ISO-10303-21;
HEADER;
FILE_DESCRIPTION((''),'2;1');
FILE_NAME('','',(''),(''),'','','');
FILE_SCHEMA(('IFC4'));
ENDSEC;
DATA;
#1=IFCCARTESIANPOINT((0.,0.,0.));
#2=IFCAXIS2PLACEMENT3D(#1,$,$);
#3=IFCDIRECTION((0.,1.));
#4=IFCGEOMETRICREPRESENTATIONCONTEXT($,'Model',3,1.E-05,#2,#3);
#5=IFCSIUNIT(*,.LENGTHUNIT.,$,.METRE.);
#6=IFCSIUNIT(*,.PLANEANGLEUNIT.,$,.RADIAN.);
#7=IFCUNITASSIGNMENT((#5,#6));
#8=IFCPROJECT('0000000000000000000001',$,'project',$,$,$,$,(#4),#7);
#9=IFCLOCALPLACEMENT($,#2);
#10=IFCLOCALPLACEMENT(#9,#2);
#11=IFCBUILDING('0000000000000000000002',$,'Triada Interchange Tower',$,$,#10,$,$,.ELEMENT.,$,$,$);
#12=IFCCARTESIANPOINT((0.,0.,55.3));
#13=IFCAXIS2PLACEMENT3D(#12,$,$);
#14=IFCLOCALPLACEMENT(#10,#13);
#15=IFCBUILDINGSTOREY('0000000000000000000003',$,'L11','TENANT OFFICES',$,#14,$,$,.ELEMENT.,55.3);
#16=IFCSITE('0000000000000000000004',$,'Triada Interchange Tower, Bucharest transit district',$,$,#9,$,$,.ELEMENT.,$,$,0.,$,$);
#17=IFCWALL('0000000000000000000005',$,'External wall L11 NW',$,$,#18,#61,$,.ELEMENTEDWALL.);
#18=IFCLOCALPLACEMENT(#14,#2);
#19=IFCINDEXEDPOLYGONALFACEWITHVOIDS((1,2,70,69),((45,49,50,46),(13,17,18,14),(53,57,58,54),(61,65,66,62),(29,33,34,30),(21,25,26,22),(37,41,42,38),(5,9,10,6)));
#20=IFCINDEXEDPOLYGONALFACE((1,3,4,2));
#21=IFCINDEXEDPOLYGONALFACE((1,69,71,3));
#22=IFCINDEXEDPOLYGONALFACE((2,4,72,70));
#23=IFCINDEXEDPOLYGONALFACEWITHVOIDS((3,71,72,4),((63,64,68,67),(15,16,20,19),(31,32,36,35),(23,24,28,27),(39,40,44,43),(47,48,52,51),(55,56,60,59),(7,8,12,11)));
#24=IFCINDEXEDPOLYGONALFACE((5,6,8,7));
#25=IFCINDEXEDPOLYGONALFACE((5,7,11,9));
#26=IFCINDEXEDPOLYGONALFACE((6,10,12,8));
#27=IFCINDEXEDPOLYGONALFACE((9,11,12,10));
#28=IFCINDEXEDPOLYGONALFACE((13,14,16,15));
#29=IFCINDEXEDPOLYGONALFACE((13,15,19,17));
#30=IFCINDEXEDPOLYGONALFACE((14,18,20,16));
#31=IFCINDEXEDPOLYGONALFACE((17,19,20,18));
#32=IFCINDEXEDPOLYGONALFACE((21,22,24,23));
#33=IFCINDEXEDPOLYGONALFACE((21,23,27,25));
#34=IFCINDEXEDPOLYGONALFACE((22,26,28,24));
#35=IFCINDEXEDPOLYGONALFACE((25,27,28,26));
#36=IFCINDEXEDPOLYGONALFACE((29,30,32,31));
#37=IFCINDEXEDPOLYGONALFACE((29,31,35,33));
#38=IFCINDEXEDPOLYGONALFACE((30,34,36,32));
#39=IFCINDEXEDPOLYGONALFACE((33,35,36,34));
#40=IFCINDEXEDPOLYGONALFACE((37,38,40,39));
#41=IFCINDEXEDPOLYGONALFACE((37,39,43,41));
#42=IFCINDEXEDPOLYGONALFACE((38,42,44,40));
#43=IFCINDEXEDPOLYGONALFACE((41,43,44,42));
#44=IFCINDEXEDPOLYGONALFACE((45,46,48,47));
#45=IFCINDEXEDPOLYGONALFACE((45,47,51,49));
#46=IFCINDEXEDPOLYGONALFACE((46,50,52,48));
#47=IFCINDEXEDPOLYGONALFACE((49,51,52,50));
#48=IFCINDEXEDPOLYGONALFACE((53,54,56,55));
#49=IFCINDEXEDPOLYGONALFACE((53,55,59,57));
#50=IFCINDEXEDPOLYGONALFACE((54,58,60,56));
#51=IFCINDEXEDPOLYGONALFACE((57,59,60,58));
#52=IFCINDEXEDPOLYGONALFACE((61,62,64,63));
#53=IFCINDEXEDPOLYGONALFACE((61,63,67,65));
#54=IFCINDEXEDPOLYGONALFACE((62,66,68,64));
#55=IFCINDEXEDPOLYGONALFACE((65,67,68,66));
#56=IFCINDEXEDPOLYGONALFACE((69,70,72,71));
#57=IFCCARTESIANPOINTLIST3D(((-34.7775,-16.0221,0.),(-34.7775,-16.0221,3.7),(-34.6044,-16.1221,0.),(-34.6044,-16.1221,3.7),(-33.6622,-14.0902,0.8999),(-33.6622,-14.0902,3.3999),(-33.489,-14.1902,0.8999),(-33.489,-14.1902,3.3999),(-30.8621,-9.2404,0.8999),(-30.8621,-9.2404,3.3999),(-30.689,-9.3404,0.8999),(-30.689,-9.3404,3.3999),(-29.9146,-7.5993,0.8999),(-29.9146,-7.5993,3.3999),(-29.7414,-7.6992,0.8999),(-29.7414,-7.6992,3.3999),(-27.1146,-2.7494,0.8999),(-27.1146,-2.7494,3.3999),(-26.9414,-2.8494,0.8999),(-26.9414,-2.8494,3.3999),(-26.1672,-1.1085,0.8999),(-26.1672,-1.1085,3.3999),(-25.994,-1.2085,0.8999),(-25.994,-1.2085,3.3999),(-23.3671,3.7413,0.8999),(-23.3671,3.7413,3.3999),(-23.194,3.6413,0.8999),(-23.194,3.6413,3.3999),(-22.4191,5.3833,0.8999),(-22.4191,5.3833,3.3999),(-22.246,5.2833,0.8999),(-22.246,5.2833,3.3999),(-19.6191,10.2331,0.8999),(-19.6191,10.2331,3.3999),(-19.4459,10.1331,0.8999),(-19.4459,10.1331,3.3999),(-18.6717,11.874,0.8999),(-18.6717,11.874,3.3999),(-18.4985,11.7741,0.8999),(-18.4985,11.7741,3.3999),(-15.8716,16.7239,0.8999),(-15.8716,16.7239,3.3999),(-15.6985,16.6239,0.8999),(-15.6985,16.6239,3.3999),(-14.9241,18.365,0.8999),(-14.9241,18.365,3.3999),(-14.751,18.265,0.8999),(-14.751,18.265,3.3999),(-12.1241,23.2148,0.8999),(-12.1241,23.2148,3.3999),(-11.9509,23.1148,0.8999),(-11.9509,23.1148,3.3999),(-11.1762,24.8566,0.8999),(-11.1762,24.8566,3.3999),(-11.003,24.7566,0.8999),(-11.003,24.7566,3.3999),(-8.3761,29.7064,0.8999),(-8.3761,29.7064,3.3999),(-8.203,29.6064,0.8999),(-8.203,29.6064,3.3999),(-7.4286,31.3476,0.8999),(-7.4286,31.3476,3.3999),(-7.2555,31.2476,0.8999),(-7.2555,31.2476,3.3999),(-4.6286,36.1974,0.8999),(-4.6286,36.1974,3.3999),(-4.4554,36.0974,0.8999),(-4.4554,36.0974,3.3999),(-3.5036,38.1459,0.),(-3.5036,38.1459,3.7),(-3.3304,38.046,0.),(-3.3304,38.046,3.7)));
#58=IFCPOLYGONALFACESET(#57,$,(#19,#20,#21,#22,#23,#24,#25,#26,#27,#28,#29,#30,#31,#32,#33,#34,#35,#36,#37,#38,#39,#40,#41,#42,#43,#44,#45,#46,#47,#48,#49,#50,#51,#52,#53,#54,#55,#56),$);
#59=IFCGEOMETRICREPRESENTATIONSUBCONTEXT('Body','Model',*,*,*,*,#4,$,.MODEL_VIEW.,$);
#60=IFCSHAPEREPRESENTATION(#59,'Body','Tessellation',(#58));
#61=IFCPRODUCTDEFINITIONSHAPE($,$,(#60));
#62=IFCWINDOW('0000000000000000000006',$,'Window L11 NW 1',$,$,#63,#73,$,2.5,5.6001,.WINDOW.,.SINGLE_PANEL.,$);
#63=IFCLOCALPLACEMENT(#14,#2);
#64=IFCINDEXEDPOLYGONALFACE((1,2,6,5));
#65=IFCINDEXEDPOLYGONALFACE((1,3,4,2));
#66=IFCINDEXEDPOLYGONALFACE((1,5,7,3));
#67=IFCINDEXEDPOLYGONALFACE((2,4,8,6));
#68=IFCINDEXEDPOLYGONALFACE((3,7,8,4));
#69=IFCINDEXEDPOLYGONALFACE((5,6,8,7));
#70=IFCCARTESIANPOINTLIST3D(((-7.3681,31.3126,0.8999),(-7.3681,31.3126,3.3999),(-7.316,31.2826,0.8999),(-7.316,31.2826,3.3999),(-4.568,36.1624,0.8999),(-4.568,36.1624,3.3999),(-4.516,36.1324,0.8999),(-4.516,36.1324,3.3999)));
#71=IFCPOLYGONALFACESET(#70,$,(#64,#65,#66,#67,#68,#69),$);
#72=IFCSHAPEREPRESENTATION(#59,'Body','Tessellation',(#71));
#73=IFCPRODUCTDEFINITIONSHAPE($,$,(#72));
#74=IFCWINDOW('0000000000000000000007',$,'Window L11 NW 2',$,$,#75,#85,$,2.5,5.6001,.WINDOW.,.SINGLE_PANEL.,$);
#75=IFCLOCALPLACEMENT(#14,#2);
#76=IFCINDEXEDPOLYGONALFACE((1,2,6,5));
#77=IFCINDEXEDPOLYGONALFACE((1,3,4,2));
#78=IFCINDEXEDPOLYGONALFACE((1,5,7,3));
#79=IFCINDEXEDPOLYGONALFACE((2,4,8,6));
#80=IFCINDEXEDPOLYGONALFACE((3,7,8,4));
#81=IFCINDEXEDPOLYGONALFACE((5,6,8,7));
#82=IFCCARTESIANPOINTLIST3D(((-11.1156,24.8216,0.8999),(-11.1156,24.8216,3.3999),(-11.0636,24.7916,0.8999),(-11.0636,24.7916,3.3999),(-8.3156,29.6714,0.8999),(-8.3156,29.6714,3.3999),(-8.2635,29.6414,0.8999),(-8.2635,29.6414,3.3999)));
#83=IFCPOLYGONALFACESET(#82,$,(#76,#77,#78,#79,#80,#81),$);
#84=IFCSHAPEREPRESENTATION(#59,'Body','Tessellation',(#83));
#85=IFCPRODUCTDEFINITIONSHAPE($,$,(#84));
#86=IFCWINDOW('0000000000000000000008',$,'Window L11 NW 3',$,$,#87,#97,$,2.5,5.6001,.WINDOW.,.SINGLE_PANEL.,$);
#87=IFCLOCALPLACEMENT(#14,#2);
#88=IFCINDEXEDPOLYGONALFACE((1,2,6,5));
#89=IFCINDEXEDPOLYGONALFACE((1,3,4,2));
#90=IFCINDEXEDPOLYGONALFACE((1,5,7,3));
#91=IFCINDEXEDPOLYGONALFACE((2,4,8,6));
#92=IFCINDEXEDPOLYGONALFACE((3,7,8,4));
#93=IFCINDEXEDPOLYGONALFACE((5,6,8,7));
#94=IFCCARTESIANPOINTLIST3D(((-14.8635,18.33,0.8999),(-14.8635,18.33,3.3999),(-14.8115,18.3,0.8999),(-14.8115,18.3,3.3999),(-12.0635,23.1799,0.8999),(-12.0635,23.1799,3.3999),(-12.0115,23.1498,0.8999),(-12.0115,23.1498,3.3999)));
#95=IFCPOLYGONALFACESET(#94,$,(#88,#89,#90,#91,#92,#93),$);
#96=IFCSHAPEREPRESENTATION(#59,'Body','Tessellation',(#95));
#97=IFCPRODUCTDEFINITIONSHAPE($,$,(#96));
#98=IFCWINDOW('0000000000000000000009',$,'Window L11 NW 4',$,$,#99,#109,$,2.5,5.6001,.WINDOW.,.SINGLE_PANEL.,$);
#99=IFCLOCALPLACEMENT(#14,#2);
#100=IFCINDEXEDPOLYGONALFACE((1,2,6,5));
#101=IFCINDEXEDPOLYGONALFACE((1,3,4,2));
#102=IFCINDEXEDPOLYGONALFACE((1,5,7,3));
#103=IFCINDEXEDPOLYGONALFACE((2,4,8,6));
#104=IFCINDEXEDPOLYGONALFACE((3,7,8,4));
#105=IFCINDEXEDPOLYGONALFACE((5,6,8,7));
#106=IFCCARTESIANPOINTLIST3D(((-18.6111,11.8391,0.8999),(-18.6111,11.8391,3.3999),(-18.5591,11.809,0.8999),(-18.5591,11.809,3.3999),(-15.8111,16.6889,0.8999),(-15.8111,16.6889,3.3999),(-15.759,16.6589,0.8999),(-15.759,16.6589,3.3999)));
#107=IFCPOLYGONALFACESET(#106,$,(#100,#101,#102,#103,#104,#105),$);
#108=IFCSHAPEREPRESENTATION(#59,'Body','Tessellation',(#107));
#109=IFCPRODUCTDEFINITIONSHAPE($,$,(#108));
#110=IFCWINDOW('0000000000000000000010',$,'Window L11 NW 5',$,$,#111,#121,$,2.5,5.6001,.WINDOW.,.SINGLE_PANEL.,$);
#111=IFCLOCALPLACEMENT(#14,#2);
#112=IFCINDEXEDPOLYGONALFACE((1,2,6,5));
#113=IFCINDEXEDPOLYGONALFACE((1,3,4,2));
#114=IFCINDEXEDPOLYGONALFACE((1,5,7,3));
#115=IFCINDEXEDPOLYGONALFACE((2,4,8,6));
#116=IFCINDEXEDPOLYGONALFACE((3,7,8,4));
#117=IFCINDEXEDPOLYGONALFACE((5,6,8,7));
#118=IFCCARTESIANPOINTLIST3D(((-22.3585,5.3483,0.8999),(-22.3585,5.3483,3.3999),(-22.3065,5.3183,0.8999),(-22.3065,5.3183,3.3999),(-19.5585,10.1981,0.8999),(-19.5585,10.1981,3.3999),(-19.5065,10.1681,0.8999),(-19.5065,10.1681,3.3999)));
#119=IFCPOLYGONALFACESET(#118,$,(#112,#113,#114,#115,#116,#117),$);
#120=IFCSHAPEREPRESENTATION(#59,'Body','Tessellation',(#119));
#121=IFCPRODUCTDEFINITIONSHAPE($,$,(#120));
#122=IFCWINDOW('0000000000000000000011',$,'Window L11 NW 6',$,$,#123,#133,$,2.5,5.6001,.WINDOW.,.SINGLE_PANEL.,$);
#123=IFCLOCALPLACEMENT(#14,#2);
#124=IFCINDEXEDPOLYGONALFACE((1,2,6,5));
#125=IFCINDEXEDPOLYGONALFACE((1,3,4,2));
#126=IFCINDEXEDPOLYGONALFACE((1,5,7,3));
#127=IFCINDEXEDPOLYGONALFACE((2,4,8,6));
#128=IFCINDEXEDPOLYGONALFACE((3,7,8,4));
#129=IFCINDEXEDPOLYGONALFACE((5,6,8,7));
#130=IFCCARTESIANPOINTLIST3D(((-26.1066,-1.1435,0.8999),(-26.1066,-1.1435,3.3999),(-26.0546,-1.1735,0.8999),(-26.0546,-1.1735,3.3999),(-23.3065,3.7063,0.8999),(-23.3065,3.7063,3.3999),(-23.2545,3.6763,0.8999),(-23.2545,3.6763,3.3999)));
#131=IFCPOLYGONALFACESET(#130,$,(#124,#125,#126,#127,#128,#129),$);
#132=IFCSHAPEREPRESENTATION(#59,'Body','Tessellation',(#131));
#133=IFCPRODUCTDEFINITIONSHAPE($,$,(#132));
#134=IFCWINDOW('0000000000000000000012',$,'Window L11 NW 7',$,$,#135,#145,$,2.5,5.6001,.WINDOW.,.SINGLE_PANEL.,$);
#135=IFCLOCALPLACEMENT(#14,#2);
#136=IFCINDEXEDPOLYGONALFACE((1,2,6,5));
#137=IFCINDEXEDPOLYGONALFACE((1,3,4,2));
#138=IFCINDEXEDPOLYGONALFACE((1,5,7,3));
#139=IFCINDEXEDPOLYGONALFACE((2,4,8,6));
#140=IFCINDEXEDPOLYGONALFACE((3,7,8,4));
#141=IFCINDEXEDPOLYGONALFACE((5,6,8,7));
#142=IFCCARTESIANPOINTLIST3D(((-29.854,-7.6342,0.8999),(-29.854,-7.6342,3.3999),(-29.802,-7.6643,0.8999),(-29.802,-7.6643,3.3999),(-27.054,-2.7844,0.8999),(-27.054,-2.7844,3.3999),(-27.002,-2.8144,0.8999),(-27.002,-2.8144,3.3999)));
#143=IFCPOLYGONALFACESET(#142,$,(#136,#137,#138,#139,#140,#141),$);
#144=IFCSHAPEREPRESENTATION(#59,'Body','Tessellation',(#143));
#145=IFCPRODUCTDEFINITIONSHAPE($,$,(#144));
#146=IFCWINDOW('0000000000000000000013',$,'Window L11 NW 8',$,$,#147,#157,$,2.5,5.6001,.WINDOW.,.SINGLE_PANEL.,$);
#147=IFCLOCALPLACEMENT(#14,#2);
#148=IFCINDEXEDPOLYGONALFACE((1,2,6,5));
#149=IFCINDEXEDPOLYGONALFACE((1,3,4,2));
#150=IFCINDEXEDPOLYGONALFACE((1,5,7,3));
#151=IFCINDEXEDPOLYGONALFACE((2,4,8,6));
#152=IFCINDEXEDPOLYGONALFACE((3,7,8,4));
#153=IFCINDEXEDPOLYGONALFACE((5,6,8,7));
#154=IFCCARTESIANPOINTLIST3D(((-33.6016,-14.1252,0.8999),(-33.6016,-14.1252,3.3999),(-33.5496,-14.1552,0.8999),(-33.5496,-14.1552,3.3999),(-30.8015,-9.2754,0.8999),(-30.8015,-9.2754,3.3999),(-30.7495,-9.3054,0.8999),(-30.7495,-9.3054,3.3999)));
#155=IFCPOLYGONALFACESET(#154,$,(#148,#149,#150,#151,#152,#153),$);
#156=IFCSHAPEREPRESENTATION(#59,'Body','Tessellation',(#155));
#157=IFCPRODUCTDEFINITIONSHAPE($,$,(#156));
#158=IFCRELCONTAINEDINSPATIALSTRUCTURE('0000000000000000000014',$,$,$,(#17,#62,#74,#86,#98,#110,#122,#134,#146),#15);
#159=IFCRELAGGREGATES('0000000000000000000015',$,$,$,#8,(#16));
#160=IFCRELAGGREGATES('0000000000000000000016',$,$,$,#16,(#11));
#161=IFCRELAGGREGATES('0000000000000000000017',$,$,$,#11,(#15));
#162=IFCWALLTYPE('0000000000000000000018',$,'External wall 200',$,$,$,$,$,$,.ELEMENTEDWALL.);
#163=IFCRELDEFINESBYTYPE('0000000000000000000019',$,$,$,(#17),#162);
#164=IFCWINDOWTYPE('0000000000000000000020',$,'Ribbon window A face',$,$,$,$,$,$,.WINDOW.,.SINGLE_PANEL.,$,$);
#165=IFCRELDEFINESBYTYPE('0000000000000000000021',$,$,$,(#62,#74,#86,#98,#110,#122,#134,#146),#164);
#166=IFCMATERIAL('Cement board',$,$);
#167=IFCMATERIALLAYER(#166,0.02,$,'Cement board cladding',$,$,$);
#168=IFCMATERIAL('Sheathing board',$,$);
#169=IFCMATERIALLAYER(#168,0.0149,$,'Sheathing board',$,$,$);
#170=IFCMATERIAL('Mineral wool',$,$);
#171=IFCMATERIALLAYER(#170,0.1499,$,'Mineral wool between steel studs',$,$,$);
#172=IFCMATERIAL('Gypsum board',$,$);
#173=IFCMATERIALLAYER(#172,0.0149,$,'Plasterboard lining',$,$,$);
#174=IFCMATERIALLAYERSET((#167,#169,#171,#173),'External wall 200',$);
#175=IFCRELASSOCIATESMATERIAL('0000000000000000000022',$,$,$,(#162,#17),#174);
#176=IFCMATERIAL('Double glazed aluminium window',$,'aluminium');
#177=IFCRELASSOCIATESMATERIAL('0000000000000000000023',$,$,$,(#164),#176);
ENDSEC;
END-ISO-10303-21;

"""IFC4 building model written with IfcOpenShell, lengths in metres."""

from ifc_helpers import new_model, si_unit, direction, frame, frame_2d, origin, place, context, subcontext, project, spatial, rectangle, extrude, material, layer, layer_set, layer_usage, type_object, element, fill, save


model = new_model("IFC4")

# Units and contexts
model_context = context("Model", 3, precision=1e-05, world=origin(), true_north=direction((0.0, 1.0)))
body_context = subcontext(model_context, "Body", "Model", "MODEL_VIEW")
ifc_project = project(units=[si_unit("LENGTHUNIT", "METRE"), si_unit("PLANEANGLEUNIT", "RADIAN")], contexts=[model_context])

# Site, building, storey
site_placement = place(None, origin())
site = spatial("IfcSite", under=ifc_project, at=site_placement, Name="Triada Interchange Tower, Bucharest transit district", CompositionType="ELEMENT", RefElevation=0.0)
building_placement = place(site_placement, origin())
building = spatial("IfcBuilding", under=site, at=building_placement, Name="Triada Interchange Tower", CompositionType="ELEMENT")
storey_placement = place(building_placement, frame((0.0, 0.0, 55.3)))
storey = spatial("IfcBuildingStorey", under=building, at=storey_placement, Name="L11", Description="TENANT OFFICES", CompositionType="ELEMENT", Elevation=55.3)

# Wall, openings, windows
ifc_material_1 = material(Name="Cement board")
ifc_layer_1 = layer(ifc_material_1, 0.02, Name="Cement board cladding")
ifc_material_2 = material(Name="Sheathing board")
ifc_layer_2 = layer(ifc_material_2, 0.0149, Name="Sheathing board")
ifc_material_3 = material(Name="Mineral wool")
ifc_layer_3 = layer(ifc_material_3, 0.1499, Name="Mineral wool between steel studs")
ifc_material_4 = material(Name="Gypsum board")
ifc_layer_4 = layer(ifc_material_4, 0.0149, Name="Plasterboard lining")
ifc_layer_set_1 = layer_set([ifc_layer_1, ifc_layer_2, ifc_layer_3, ifc_layer_4], Name="External wall 200")
ifc_layer_usage = layer_usage(ifc_layer_set_1, "AXIS2", "POSITIVE", -0.1001)
wall_type_1 = type_object("IfcWallType", Name="External wall 200", PredefinedType="ELEMENTEDWALL", material=ifc_layer_set_1)
wall_1_placement = place(storey_placement, frame((-3.417, 38.0959, 0.0), z_axis=(0.0, 0.0, 1.0), x_axis=(-0.5, -0.866025, 0.0)))
wall_1 = element("IfcWall", 1, at=wall_1_placement, inside=storey, type_object=wall_type_1, material=ifc_layer_usage, Name="External wall L11 NW", PredefinedType="ELEMENTEDWALL", context=body_context, shape_type="SweptSolid", body=[
    extrude(rectangle(XDim=62.5479, YDim=0.2, at=frame_2d((31.2739, 0.0))), origin(), (0.0, 0.0, 1.0), 3.7),
])
opening_1_placement = place(wall_1_placement, frame((2.25, 0.0, 0.8999)))
opening_1 = element("IfcOpeningElement", 2, at=opening_1_placement, cuts=wall_1, PredefinedType="OPENING", context=body_context, shape_type="SweptSolid", body=[
    extrude(rectangle(XDim=5.6001, YDim=2.5, at=frame_2d((2.8, 1.25))), frame((0.0, 0.1099, 0.0), z_axis=(0.0, -1.0, 0.0), x_axis=(1.0, 0.0, 0.0)), (0.0, 0.0, 1.0), 0.22),
])
opening_2_placement = place(wall_1_placement, frame((9.7451, 0.0, 0.8999)))
opening_2 = element("IfcOpeningElement", 3, at=opening_2_placement, cuts=wall_1, PredefinedType="OPENING", context=body_context, shape_type="SweptSolid", body=[
    extrude(rectangle(XDim=5.6001, YDim=2.5, at=frame_2d((2.8, 1.25))), frame((0.0, 0.1099, 0.0), z_axis=(0.0, -1.0, 0.0), x_axis=(1.0, 0.0, 0.0)), (0.0, 0.0, 1.0), 0.22),
])
opening_3_placement = place(wall_1_placement, frame((17.241, 0.0, 0.8999)))
opening_3 = element("IfcOpeningElement", 4, at=opening_3_placement, cuts=wall_1, PredefinedType="OPENING", context=body_context, shape_type="SweptSolid", body=[
    extrude(rectangle(XDim=5.6001, YDim=2.5, at=frame_2d((2.8, 1.25))), frame((0.0, 0.1099, 0.0), z_axis=(0.0, -1.0, 0.0), x_axis=(1.0, 0.0, 0.0)), (0.0, 0.0, 1.0), 0.22),
])
opening_4_placement = place(wall_1_placement, frame((24.7361, 0.0, 0.8999)))
opening_4 = element("IfcOpeningElement", 5, at=opening_4_placement, cuts=wall_1, PredefinedType="OPENING", context=body_context, shape_type="SweptSolid", body=[
    extrude(rectangle(XDim=5.6001, YDim=2.5, at=frame_2d((2.8, 1.25))), frame((0.0, 0.1099, 0.0), z_axis=(0.0, -1.0, 0.0), x_axis=(1.0, 0.0, 0.0)), (0.0, 0.0, 1.0), 0.22),
])
opening_5_placement = place(wall_1_placement, frame((32.231, 0.0, 0.8999)))
opening_5 = element("IfcOpeningElement", 6, at=opening_5_placement, cuts=wall_1, PredefinedType="OPENING", context=body_context, shape_type="SweptSolid", body=[
    extrude(rectangle(XDim=5.6001, YDim=2.5, at=frame_2d((2.8, 1.25))), frame((0.0, 0.1099, 0.0), z_axis=(0.0, -1.0, 0.0), x_axis=(1.0, 0.0, 0.0)), (0.0, 0.0, 1.0), 0.22),
])
opening_6_placement = place(wall_1_placement, frame((39.7271, 0.0, 0.8999)))
opening_6 = element("IfcOpeningElement", 7, at=opening_6_placement, cuts=wall_1, PredefinedType="OPENING", context=body_context, shape_type="SweptSolid", body=[
    extrude(rectangle(XDim=5.6001, YDim=2.5, at=frame_2d((2.8, 1.25))), frame((0.0, 0.1099, 0.0), z_axis=(0.0, -1.0, 0.0), x_axis=(1.0, 0.0, 0.0)), (0.0, 0.0, 1.0), 0.22),
])
opening_7_placement = place(wall_1_placement, frame((47.2219, 0.0, 0.8999)))
opening_7 = element("IfcOpeningElement", 8, at=opening_7_placement, cuts=wall_1, PredefinedType="OPENING", context=body_context, shape_type="SweptSolid", body=[
    extrude(rectangle(XDim=5.6001, YDim=2.5, at=frame_2d((2.8, 1.25))), frame((0.0, 0.1099, 0.0), z_axis=(0.0, -1.0, 0.0), x_axis=(1.0, 0.0, 0.0)), (0.0, 0.0, 1.0), 0.22),
])
opening_8_placement = place(wall_1_placement, frame((54.717, 0.0, 0.8999)))
opening_8 = element("IfcOpeningElement", 9, at=opening_8_placement, cuts=wall_1, PredefinedType="OPENING", context=body_context, shape_type="SweptSolid", body=[
    extrude(rectangle(XDim=5.6001, YDim=2.5, at=frame_2d((2.8, 1.25))), frame((0.0, 0.1099, 0.0), z_axis=(0.0, -1.0, 0.0), x_axis=(1.0, 0.0, 0.0)), (0.0, 0.0, 1.0), 0.22),
])
ifc_material_5 = material(Name="Double glazed aluminium window", Category="aluminium")
window_type = type_object("IfcWindowType", Name="Ribbon window A face", PartitioningType="SINGLE_PANEL", PredefinedType="WINDOW", material=ifc_material_5)
window_1_placement = place(opening_1_placement, origin())
window_1 = element("IfcWindow", 10, at=window_1_placement, inside=storey, type_object=window_type, Name="Window L11 NW 1", OverallHeight=2.5, OverallWidth=5.6001, PartitioningType="SINGLE_PANEL", PredefinedType="WINDOW", context=body_context, shape_type="SweptSolid", body=[
    extrude(rectangle(XDim=5.6001, YDim=2.5, at=frame_2d((2.8, 1.25))), frame((0.0, 0.03, 0.0), z_axis=(0.0, -1.0, 0.0), x_axis=(1.0, 0.0, 0.0)), (0.0, 0.0, 1.0), 0.0601),
])
fill(opening_1, window_1)
window_2_placement = place(opening_2_placement, origin())
window_2 = element("IfcWindow", 11, at=window_2_placement, inside=storey, type_object=window_type, Name="Window L11 NW 2", OverallHeight=2.5, OverallWidth=5.6001, PartitioningType="SINGLE_PANEL", PredefinedType="WINDOW", context=body_context, shape_type="SweptSolid", body=[
    extrude(rectangle(XDim=5.6001, YDim=2.5, at=frame_2d((2.8, 1.25))), frame((0.0, 0.03, 0.0), z_axis=(0.0, -1.0, 0.0), x_axis=(1.0, 0.0, 0.0)), (0.0, 0.0, 1.0), 0.0601),
])
fill(opening_2, window_2)
window_3_placement = place(opening_3_placement, origin())
window_3 = element("IfcWindow", 12, at=window_3_placement, inside=storey, type_object=window_type, Name="Window L11 NW 3", OverallHeight=2.5, OverallWidth=5.6001, PartitioningType="SINGLE_PANEL", PredefinedType="WINDOW", context=body_context, shape_type="SweptSolid", body=[
    extrude(rectangle(XDim=5.6001, YDim=2.5, at=frame_2d((2.8, 1.25))), frame((0.0, 0.03, 0.0), z_axis=(0.0, -1.0, 0.0), x_axis=(1.0, 0.0, 0.0)), (0.0, 0.0, 1.0), 0.0601),
])
fill(opening_3, window_3)
window_4_placement = place(opening_4_placement, origin())
window_4 = element("IfcWindow", 13, at=window_4_placement, inside=storey, type_object=window_type, Name="Window L11 NW 4", OverallHeight=2.5, OverallWidth=5.6001, PartitioningType="SINGLE_PANEL", PredefinedType="WINDOW", context=body_context, shape_type="SweptSolid", body=[
    extrude(rectangle(XDim=5.6001, YDim=2.5, at=frame_2d((2.8, 1.25))), frame((0.0, 0.03, 0.0), z_axis=(0.0, -1.0, 0.0), x_axis=(1.0, 0.0, 0.0)), (0.0, 0.0, 1.0), 0.0601),
])
fill(opening_4, window_4)
window_5_placement = place(opening_5_placement, origin())
window_5 = element("IfcWindow", 14, at=window_5_placement, inside=storey, type_object=window_type, Name="Window L11 NW 5", OverallHeight=2.5, OverallWidth=5.6001, PartitioningType="SINGLE_PANEL", PredefinedType="WINDOW", context=body_context, shape_type="SweptSolid", body=[
    extrude(rectangle(XDim=5.6001, YDim=2.5, at=frame_2d((2.8, 1.25))), frame((0.0, 0.03, 0.0), z_axis=(0.0, -1.0, 0.0), x_axis=(1.0, 0.0, 0.0)), (0.0, 0.0, 1.0), 0.0601),
])
fill(opening_5, window_5)
window_6_placement = place(opening_6_placement, origin())
window_6 = element("IfcWindow", 15, at=window_6_placement, inside=storey, type_object=window_type, Name="Window L11 NW 6", OverallHeight=2.5, OverallWidth=5.6001, PartitioningType="SINGLE_PANEL", PredefinedType="WINDOW", context=body_context, shape_type="SweptSolid", body=[
    extrude(rectangle(XDim=5.6001, YDim=2.5, at=frame_2d((2.8, 1.25))), frame((0.0, 0.03, 0.0), z_axis=(0.0, -1.0, 0.0), x_axis=(1.0, 0.0, 0.0)), (0.0, 0.0, 1.0), 0.0601),
])
fill(opening_6, window_6)
window_7_placement = place(opening_7_placement, origin())
window_7 = element("IfcWindow", 16, at=window_7_placement, inside=storey, type_object=window_type, Name="Window L11 NW 7", OverallHeight=2.5, OverallWidth=5.6001, PartitioningType="SINGLE_PANEL", PredefinedType="WINDOW", context=body_context, shape_type="SweptSolid", body=[
    extrude(rectangle(XDim=5.6001, YDim=2.5, at=frame_2d((2.8, 1.25))), frame((0.0, 0.03, 0.0), z_axis=(0.0, -1.0, 0.0), x_axis=(1.0, 0.0, 0.0)), (0.0, 0.0, 1.0), 0.0601),
])
fill(opening_7, window_7)
window_8_placement = place(opening_8_placement, origin())
window_8 = element("IfcWindow", 17, at=window_8_placement, inside=storey, type_object=window_type, Name="Window L11 NW 8", OverallHeight=2.5, OverallWidth=5.6001, PartitioningType="SINGLE_PANEL", PredefinedType="WINDOW", context=body_context, shape_type="SweptSolid", body=[
    extrude(rectangle(XDim=5.6001, YDim=2.5, at=frame_2d((2.8, 1.25))), frame((0.0, 0.03, 0.0), z_axis=(0.0, -1.0, 0.0), x_axis=(1.0, 0.0, 0.0)), (0.0, 0.0, 1.0), 0.0601),
])
fill(opening_8, window_8)

save(model, "model.ifc")
